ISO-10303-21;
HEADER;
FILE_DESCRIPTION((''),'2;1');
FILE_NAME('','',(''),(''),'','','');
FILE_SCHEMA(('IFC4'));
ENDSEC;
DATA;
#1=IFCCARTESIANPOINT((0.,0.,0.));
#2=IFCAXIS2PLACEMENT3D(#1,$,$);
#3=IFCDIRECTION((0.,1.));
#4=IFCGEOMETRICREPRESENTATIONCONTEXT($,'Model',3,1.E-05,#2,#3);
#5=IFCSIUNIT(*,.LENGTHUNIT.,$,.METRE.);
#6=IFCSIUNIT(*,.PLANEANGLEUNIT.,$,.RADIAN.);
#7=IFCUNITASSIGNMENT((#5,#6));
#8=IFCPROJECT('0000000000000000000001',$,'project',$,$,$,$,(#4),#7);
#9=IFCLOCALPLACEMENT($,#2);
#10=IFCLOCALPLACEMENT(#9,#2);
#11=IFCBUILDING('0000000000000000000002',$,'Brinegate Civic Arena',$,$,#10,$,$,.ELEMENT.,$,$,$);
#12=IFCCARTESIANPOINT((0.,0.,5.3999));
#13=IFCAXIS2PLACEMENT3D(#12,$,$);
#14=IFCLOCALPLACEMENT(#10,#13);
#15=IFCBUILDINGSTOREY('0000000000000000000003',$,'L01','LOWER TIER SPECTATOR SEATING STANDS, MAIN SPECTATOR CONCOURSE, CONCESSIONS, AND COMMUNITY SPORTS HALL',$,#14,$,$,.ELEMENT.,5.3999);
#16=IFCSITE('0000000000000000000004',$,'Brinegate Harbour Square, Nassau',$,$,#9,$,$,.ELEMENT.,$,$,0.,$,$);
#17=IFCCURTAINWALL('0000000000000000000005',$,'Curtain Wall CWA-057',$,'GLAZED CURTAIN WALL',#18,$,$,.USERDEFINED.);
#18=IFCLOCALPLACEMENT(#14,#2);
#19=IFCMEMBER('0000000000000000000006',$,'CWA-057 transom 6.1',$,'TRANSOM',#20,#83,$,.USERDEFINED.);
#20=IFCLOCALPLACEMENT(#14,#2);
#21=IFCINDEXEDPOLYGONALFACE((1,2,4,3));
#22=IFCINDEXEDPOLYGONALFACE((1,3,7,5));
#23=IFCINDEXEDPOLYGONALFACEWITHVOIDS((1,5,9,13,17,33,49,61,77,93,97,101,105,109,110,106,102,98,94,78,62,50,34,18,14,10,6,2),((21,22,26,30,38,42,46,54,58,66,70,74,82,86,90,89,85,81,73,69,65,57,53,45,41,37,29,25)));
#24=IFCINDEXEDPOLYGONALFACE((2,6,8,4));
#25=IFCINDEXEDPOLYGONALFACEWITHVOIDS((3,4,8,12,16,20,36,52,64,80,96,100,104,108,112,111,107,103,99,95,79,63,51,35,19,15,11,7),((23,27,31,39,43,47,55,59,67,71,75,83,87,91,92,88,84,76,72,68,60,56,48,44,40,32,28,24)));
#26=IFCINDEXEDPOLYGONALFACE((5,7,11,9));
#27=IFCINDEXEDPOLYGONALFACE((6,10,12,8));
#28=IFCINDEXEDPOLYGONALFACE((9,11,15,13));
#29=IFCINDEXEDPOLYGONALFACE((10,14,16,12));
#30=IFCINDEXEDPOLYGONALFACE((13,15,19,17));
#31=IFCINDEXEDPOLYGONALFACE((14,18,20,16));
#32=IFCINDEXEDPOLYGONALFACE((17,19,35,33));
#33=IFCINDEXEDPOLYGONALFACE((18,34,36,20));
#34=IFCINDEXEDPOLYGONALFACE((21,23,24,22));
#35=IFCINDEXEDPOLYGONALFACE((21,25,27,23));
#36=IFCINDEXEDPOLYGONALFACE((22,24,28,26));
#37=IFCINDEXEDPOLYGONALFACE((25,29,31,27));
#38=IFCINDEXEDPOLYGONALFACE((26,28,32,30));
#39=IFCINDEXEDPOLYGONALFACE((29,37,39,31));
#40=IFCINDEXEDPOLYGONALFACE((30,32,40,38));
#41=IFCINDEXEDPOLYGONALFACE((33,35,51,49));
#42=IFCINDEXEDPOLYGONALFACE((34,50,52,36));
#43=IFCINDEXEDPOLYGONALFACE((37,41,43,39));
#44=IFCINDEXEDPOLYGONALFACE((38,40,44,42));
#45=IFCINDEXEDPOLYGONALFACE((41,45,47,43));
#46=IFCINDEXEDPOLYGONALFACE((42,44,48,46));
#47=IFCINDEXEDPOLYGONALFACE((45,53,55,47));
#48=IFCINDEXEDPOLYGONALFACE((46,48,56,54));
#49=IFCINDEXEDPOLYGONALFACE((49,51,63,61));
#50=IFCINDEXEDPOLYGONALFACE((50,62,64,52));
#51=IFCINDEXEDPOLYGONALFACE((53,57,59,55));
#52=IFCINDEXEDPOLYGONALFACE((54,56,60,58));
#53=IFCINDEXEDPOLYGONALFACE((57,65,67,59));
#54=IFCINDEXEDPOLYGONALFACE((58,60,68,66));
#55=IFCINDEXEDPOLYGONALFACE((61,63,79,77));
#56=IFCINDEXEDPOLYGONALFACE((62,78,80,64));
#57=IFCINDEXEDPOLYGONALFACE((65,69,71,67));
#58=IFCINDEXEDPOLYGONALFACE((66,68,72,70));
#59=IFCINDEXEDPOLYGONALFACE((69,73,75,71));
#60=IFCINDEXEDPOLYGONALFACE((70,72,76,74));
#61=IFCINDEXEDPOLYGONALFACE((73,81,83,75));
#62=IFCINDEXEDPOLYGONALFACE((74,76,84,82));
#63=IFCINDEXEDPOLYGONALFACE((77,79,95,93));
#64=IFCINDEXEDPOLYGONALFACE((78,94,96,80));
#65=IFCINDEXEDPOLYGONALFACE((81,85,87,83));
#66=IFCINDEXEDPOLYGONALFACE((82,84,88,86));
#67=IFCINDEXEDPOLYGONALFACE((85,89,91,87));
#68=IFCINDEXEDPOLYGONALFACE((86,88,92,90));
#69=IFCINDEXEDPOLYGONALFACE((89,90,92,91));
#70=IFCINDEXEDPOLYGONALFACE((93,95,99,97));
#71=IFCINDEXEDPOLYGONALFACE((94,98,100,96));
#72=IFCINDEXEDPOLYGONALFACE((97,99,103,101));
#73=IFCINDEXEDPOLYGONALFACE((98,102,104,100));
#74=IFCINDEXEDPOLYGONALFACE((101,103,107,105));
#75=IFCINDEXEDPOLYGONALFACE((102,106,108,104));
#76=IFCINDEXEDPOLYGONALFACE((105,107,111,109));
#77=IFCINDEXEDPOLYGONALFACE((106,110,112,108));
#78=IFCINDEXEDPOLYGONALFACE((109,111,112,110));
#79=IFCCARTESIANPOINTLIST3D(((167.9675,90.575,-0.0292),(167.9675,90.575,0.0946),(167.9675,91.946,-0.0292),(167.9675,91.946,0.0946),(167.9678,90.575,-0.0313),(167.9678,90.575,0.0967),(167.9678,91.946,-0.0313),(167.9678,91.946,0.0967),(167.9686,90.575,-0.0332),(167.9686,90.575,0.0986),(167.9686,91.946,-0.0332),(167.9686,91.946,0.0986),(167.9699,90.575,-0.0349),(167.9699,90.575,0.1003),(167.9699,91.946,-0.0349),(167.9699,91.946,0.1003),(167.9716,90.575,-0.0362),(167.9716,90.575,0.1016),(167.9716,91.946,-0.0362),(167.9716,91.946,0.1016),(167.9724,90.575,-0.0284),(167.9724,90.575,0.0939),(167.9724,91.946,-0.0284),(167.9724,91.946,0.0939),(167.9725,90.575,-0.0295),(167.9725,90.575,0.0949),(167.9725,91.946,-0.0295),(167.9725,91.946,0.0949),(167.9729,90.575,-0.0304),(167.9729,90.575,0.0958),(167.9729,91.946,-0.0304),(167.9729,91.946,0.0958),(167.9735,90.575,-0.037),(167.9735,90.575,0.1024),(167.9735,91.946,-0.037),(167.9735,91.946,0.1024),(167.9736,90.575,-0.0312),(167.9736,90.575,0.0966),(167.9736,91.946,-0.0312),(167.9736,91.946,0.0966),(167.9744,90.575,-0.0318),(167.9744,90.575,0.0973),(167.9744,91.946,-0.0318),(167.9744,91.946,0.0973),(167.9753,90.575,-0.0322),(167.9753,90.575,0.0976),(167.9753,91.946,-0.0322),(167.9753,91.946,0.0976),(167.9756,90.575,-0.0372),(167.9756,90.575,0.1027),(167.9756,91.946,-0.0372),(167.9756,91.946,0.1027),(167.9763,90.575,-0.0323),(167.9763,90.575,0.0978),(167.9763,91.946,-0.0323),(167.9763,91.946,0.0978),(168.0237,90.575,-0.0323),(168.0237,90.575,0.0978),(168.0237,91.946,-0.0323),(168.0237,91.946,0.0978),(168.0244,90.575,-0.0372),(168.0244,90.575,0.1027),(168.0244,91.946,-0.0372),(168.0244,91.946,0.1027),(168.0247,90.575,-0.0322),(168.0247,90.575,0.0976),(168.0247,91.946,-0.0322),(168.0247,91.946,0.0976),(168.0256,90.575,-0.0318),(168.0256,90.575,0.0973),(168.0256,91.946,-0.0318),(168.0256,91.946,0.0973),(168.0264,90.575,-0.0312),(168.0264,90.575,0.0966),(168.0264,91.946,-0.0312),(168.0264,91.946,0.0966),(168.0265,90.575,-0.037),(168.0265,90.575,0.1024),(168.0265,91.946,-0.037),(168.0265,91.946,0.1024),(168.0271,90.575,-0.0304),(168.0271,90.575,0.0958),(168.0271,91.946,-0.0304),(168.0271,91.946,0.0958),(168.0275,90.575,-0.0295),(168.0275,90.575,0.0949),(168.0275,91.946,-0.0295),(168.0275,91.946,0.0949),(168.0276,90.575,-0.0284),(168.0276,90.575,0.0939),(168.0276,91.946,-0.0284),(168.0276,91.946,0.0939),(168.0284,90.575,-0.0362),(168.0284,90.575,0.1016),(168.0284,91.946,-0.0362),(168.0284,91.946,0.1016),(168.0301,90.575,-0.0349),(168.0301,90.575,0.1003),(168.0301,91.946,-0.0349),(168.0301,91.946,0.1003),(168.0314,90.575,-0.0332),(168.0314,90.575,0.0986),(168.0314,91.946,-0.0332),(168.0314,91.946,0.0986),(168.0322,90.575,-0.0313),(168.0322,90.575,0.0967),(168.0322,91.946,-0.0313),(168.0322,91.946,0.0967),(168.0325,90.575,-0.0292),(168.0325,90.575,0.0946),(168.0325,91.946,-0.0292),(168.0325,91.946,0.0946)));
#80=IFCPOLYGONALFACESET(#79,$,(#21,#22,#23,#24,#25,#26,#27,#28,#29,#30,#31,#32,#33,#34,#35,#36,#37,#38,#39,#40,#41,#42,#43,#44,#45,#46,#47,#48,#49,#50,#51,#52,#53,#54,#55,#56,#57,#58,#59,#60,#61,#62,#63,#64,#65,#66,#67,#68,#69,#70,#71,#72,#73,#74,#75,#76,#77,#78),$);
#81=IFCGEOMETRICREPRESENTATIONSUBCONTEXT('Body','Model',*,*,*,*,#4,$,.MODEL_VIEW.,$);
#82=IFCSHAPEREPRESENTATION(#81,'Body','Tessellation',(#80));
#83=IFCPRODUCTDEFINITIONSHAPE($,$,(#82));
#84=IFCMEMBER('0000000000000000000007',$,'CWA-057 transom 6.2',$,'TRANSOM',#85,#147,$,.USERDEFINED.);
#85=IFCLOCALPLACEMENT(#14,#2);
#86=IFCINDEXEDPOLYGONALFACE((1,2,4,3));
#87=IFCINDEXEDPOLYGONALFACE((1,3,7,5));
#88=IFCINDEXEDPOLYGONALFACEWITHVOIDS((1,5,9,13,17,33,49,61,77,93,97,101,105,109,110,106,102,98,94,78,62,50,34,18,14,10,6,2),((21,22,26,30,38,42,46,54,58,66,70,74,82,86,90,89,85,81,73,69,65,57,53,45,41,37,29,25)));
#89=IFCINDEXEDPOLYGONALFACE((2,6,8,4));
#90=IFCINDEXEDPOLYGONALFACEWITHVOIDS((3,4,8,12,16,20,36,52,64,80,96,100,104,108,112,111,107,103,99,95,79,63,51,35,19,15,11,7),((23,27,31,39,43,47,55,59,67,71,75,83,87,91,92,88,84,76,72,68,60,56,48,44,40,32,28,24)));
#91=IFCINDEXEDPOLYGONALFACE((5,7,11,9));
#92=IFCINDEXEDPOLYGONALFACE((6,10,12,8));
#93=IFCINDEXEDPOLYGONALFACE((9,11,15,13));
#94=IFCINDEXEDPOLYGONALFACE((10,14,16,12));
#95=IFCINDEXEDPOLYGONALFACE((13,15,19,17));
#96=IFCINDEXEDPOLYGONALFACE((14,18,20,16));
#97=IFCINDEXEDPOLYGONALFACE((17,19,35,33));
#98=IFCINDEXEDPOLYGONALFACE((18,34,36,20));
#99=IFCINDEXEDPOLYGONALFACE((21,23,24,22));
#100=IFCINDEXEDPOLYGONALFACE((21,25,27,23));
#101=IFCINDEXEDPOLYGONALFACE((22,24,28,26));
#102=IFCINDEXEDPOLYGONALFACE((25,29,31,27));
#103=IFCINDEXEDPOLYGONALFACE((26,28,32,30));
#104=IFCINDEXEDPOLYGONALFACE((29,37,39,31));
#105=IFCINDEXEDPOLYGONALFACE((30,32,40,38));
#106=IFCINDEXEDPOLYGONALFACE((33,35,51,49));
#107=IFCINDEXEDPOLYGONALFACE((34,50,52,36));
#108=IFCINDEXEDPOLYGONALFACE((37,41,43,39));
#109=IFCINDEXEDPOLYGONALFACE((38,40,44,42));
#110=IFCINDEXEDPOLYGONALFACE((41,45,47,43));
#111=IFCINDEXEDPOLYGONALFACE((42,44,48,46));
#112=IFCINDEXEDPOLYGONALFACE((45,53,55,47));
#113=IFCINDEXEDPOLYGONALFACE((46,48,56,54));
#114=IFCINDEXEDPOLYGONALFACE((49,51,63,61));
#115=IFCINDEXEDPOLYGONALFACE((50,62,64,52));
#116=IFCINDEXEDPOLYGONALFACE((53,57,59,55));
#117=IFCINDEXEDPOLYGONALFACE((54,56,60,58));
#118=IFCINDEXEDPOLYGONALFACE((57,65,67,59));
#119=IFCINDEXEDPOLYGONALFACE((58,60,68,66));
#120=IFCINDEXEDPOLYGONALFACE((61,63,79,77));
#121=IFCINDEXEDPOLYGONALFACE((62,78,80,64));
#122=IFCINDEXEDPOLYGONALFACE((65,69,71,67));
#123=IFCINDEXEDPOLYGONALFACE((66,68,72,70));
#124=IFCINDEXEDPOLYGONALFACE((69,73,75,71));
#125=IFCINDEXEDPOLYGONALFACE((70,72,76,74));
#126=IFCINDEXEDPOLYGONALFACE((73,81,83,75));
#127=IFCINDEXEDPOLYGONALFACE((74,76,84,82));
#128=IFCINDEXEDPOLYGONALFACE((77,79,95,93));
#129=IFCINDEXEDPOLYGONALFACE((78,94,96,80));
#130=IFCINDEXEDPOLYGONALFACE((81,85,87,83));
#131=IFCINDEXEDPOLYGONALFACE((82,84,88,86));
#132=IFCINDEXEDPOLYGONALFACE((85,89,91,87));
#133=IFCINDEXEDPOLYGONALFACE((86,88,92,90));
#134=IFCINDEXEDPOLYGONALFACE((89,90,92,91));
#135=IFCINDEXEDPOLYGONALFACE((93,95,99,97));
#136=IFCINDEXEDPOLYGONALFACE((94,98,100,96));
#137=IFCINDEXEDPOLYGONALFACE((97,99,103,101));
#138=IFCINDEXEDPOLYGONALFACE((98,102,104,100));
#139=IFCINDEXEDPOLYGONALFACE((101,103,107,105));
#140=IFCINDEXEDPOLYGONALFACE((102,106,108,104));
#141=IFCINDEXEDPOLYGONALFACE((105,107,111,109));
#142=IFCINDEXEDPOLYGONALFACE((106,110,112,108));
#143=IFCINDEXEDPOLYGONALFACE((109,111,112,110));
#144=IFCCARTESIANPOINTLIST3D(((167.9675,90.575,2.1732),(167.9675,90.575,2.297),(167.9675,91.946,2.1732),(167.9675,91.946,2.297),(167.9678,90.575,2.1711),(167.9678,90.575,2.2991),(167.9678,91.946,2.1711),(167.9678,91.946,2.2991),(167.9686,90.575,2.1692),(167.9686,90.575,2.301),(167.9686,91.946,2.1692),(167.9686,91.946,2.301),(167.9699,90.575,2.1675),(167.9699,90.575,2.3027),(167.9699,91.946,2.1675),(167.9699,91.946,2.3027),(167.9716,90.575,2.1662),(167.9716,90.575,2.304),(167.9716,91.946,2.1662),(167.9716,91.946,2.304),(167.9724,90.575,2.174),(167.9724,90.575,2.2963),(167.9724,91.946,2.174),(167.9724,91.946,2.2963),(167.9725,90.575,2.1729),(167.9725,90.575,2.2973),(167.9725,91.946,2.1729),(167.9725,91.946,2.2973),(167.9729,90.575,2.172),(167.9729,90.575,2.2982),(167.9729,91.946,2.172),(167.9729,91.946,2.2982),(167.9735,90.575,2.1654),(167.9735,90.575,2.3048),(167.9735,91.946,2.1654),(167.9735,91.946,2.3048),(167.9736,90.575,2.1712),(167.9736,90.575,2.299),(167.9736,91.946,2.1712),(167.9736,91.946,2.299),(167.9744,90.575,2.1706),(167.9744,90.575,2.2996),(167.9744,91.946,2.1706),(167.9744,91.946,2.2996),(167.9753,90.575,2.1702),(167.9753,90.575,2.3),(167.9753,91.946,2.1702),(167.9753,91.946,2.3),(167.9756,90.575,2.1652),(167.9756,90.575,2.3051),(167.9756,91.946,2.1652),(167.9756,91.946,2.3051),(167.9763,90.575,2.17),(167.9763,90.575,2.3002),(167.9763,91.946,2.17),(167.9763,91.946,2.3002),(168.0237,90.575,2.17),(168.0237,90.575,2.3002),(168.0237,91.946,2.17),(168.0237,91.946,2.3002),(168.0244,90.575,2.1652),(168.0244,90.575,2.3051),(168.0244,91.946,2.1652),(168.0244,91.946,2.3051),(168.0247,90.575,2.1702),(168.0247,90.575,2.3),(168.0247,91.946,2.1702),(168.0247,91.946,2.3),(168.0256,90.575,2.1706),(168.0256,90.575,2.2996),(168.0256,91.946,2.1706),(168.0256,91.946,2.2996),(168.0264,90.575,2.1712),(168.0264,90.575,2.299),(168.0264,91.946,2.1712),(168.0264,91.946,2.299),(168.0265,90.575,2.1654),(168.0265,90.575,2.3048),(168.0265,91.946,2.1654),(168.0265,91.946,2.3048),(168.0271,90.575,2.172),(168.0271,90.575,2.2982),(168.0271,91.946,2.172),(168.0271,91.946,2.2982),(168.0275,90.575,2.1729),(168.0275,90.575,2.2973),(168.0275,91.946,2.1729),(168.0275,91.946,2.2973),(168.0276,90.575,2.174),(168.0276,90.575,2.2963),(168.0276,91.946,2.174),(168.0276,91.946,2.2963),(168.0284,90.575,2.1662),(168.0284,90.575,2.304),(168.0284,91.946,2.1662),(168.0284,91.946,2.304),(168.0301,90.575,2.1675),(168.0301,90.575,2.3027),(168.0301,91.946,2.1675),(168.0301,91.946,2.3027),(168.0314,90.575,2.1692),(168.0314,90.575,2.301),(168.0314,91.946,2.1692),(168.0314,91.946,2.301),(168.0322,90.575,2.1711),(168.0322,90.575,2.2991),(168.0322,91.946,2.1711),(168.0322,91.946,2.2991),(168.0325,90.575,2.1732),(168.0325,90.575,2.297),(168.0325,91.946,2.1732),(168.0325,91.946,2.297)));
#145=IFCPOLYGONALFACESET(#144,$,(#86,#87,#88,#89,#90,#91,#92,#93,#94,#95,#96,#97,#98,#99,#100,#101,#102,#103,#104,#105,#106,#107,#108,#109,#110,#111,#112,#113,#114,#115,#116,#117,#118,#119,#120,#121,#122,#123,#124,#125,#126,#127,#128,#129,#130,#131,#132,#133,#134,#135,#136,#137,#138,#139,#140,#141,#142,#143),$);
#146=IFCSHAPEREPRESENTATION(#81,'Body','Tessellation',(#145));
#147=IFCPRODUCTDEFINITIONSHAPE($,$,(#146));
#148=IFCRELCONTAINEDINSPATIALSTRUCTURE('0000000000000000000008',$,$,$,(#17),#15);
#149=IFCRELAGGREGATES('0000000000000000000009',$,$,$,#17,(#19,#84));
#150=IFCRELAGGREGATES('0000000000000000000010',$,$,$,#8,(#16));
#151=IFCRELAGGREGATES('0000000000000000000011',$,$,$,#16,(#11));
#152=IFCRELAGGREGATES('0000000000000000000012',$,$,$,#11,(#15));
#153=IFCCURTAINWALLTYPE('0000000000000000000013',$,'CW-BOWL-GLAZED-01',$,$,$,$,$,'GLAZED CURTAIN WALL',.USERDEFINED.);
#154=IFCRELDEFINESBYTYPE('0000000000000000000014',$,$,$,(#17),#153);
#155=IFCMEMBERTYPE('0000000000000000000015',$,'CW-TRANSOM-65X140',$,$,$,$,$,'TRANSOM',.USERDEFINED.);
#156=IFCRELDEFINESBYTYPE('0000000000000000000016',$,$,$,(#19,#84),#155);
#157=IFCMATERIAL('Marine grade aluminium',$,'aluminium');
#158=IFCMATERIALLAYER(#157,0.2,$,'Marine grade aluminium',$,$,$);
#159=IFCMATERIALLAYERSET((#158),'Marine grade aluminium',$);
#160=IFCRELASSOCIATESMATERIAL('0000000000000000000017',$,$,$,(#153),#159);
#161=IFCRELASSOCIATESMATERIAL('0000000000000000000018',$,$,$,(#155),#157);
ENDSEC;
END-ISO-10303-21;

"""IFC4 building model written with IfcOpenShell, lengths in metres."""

from ifc_helpers import new_model, si_unit, direction, frame, origin, origin_2d, place, context, subcontext, project, spatial, hollow_rectangle, extrude, material, layer, layer_set, material_profile, profile_set, type_object, element, aggregate, save


model = new_model("IFC4")

# Units and contexts
model_context = context("Model", 3, precision=1e-05, world=origin(), true_north=direction((0.0, 1.0)))
body_context = subcontext(model_context, "Body", "Model", "MODEL_VIEW")
ifc_project = project(units=[si_unit("LENGTHUNIT", "METRE"), si_unit("PLANEANGLEUNIT", "RADIAN")], contexts=[model_context])

# Site, building, storey
site_placement = place(None, origin())
site = spatial("IfcSite", under=ifc_project, at=site_placement, Name="Brinegate Harbour Square, Nassau", CompositionType="ELEMENT", RefElevation=0.0)
building_placement = place(site_placement, origin())
building = spatial("IfcBuilding", under=site, at=building_placement, Name="Brinegate Civic Arena", CompositionType="ELEMENT")
storey_placement = place(building_placement, frame((0.0, 0.0, 5.3999)))
storey = spatial("IfcBuildingStorey", under=building, at=storey_placement, Name="L01", Description="LOWER TIER SPECTATOR SEATING STANDS, MAIN SPECTATOR CONCOURSE, CONCESSIONS, AND COMMUNITY SPORTS HALL", CompositionType="ELEMENT", Elevation=5.3999)

# Curtain wall, members
ifc_material_1 = material(Name="Marine grade aluminium", Category="aluminium")
ifc_layer_1 = layer(ifc_material_1, 0.2, Name="Marine grade aluminium")
ifc_layer_set_1 = layer_set([ifc_layer_1], Name="Marine grade aluminium")
curtain_wall_type = type_object("IfcCurtainWallType", Name="CW-BOWL-GLAZED-01", ElementType="GLAZED CURTAIN WALL", PredefinedType="USERDEFINED", material=ifc_layer_set_1)
curtain_wall_1_placement = place(storey_placement, origin())
curtain_wall_1 = element("IfcCurtainWall", 1, at=curtain_wall_1_placement, inside=storey, type_object=curtain_wall_type, Name="Curtain Wall CWA-057", ObjectType="GLAZED CURTAIN WALL", PredefinedType="USERDEFINED")
ifc_material_profile_1 = material_profile(ifc_material_1, hollow_rectangle(XDim=0.0649, YDim=0.1399, WallThickness=0.0049, InnerFilletRadius=0.0039, OuterFilletRadius=0.0081, at=origin_2d()), Name="TRN65X140")
ifc_profile_set_1 = profile_set([ifc_material_profile_1], Name="Marine grade aluminium")
member_type_1 = type_object("IfcMemberType", Name="CW-TRANSOM-65X140", ElementType="TRANSOM", PredefinedType="USERDEFINED", material=ifc_profile_set_1)
member_1_placement = place(storey_placement, frame((168.0, 90.575, 0.0327), z_axis=(0.0, 1.0, 0.0), x_axis=(-1.0, 0.0, 0.0)))
member_1 = element("IfcMember", 2, at=member_1_placement, type_object=member_type_1, Name="CWA-057 transom 6.1", ObjectType="TRANSOM", PredefinedType="USERDEFINED", context=body_context, shape_type="SweptSolid", body=[
    extrude(hollow_rectangle(XDim=0.0649, YDim=0.1399, WallThickness=0.0049, InnerFilletRadius=0.0039, OuterFilletRadius=0.0081, at=origin_2d()), origin(), (0.0, 0.0, 1.0), 1.3711),
])
member_2_placement = place(storey_placement, frame((168.0, 90.575, 2.2351), z_axis=(0.0, 1.0, 0.0), x_axis=(-1.0, 0.0, 0.0)))
member_2 = element("IfcMember", 3, at=member_2_placement, type_object=member_type_1, Name="CWA-057 transom 6.2", ObjectType="TRANSOM", PredefinedType="USERDEFINED", context=body_context, shape_type="SweptSolid", body=[
    extrude(hollow_rectangle(XDim=0.0649, YDim=0.1399, WallThickness=0.0049, InnerFilletRadius=0.0039, OuterFilletRadius=0.0081, at=origin_2d()), origin(), (0.0, 0.0, 1.0), 1.3711),
])

aggregate(curtain_wall_1, [member_1, member_2])

save(model, "model.ifc")
